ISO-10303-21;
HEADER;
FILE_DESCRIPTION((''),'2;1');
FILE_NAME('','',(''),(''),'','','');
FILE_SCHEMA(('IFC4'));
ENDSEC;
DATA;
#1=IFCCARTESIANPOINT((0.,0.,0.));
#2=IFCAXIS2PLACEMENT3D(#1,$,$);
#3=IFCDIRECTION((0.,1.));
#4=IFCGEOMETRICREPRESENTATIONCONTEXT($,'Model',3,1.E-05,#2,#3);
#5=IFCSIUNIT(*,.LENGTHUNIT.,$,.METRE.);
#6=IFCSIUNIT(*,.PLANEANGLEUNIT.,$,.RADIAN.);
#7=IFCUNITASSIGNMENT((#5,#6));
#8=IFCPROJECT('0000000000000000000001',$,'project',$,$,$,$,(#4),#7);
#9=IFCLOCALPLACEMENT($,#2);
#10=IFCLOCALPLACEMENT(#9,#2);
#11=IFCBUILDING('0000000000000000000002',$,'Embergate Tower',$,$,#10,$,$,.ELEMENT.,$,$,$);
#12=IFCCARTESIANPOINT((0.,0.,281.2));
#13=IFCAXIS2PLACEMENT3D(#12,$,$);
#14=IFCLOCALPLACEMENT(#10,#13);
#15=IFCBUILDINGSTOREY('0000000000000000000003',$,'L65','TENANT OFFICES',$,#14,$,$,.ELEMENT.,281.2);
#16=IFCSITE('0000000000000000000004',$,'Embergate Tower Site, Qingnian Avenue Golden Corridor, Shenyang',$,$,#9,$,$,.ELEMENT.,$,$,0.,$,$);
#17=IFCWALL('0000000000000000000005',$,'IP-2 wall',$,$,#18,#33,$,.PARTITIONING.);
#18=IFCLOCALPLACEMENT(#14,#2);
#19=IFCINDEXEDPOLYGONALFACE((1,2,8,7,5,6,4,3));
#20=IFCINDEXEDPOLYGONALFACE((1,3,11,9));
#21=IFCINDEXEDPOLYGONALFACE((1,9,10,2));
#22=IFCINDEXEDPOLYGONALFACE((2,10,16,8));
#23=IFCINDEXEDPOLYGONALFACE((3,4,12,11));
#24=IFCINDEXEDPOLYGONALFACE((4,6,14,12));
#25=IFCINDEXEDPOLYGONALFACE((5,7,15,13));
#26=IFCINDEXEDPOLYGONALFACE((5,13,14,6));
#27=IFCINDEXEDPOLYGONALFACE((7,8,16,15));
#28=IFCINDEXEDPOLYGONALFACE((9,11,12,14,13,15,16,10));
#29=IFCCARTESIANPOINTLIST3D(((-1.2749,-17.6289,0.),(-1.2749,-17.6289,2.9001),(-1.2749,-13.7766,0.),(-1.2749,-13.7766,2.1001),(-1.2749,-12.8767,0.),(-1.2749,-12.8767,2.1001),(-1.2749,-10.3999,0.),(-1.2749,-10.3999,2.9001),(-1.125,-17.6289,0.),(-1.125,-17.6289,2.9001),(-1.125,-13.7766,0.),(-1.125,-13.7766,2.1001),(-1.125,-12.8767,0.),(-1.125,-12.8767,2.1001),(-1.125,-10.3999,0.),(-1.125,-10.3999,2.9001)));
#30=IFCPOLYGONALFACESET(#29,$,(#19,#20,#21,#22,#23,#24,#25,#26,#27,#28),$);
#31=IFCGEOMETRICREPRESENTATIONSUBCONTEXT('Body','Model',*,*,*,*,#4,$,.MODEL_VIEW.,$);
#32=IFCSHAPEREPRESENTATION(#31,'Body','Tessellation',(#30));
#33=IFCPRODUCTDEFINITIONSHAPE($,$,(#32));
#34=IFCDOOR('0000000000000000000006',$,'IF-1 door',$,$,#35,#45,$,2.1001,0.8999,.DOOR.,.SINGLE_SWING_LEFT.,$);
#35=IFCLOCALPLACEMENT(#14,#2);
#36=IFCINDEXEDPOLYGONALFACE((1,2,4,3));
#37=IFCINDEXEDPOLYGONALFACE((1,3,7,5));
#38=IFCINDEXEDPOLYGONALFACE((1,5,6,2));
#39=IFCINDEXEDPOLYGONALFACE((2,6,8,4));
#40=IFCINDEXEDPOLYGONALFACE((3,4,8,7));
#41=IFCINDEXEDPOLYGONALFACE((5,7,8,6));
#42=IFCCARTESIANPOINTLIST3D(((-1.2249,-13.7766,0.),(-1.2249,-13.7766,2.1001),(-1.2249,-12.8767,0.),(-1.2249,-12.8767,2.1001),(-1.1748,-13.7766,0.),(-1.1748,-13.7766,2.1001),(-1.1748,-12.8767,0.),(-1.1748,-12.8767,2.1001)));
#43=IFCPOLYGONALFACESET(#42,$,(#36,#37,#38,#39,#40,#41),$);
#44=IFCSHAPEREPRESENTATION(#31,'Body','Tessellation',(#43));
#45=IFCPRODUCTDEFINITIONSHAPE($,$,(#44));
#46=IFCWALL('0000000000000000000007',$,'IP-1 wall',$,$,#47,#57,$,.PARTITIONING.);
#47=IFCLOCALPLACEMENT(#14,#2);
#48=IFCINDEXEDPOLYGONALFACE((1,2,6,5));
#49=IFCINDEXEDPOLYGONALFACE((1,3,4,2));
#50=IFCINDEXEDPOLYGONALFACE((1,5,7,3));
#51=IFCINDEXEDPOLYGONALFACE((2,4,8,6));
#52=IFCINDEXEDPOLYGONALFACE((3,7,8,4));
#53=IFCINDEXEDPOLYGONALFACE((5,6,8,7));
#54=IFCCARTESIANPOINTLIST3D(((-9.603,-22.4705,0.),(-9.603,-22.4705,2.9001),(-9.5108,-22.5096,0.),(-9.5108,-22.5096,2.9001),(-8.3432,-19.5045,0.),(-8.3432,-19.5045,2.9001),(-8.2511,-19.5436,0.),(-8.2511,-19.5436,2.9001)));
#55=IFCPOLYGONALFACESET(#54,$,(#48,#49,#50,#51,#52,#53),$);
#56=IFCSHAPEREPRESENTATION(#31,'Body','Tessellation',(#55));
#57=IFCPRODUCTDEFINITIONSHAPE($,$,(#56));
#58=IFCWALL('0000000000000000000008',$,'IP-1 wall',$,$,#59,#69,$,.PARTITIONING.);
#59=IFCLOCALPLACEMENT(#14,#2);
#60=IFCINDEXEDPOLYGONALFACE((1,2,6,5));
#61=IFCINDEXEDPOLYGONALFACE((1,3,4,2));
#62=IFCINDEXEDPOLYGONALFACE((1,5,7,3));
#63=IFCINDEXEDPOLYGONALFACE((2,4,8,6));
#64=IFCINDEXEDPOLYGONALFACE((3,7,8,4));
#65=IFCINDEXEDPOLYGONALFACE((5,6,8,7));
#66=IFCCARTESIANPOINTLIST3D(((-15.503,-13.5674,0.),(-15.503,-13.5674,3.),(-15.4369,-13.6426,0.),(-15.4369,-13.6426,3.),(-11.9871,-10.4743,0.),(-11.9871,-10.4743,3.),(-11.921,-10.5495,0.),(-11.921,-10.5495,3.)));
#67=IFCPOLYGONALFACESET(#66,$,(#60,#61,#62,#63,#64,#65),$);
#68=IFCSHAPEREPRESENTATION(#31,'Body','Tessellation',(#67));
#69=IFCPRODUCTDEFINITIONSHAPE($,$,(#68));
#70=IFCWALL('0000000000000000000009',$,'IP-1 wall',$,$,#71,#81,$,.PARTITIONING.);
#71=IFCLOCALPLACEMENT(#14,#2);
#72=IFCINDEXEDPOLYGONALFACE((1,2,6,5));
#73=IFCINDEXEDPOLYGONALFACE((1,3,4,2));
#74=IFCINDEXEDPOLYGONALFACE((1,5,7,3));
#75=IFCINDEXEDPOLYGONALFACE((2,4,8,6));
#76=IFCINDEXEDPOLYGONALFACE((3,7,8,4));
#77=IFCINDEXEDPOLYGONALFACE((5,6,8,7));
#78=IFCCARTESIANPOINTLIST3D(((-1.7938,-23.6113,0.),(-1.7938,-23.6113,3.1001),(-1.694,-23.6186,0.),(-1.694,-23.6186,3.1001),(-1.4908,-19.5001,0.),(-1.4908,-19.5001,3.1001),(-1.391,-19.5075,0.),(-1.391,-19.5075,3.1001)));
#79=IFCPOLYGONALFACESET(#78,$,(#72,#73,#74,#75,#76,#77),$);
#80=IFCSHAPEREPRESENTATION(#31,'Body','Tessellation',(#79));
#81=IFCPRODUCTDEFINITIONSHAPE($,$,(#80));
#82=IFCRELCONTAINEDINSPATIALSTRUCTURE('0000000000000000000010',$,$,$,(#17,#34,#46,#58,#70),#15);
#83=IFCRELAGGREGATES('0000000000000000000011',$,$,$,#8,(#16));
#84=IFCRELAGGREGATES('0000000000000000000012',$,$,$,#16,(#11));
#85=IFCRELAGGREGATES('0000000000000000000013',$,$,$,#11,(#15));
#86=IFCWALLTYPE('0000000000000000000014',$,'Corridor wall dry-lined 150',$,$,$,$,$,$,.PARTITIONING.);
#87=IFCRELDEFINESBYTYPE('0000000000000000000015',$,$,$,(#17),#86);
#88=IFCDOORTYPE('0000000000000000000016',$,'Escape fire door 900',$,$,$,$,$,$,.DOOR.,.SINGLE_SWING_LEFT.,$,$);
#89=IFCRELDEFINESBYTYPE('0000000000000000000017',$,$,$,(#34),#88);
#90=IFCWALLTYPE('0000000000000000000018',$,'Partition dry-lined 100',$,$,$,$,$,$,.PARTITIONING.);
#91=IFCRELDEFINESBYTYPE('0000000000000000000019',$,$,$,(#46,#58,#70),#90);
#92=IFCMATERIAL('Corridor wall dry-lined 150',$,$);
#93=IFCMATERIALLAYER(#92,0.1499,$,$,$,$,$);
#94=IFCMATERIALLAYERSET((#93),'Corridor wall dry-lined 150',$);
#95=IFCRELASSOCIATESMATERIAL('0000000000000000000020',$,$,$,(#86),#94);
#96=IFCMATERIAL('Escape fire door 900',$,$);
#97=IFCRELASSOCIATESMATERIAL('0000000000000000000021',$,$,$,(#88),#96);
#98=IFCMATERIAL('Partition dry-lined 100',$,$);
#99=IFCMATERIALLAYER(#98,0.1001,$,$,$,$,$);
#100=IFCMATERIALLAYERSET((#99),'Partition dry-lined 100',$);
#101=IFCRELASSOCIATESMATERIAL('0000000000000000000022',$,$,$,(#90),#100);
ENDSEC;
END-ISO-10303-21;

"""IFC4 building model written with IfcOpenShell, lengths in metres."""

from ifc_helpers import new_model, si_unit, direction, frame, frame_2d, origin, place, context, subcontext, project, spatial, rectangle, extrude, source, transform, mapped, material, layer, layer_set, type_object, element, fill, save


model = new_model("IFC4")

# Units and contexts
model_context = context("Model", 3, precision=1e-05, world=origin(), true_north=direction((0.0, 1.0)))
body_context = subcontext(model_context, "Body", "Model", "MODEL_VIEW")
ifc_project = project(units=[si_unit("LENGTHUNIT", "METRE"), si_unit("PLANEANGLEUNIT", "RADIAN")], contexts=[model_context])

# Site, building, storey
site_placement = place(None, origin())
site = spatial("IfcSite", under=ifc_project, at=site_placement, Name="Embergate Tower Site, Qingnian Avenue Golden Corridor, Shenyang", CompositionType="ELEMENT", RefElevation=0.0)
building_placement = place(site_placement, origin())
building = spatial("IfcBuilding", under=site, at=building_placement, Name="Embergate Tower", CompositionType="ELEMENT")
storey_placement = place(building_placement, frame((0.0, 0.0, 281.2)))
storey = spatial("IfcBuildingStorey", under=building, at=storey_placement, Name="L65", Description="TENANT OFFICES", CompositionType="ELEMENT", Elevation=281.2)

# Shared definitions
ifc_material_1 = material(Name="Corridor wall dry-lined 150")
ifc_layer_1 = layer(ifc_material_1, 0.1499)
ifc_layer_set_1 = layer_set([ifc_layer_1], Name="Corridor wall dry-lined 150")
wall_type_1 = type_object("IfcWallType", Name="Corridor wall dry-lined 150", PredefinedType="PARTITIONING", material=ifc_layer_set_1)

# Shared definitions
shared_shape_1 = source(origin(), body_context, "Body", "SweptSolid", [
    extrude(rectangle(XDim=0.8999, YDim=2.1001, at=frame_2d((0.45, 1.05))), frame((0.0, 0.085, 0.0), z_axis=(0.0, -1.0, 0.0), x_axis=(1.0, 0.0, 0.0)), (0.0, 0.0, 1.0), 0.1699),
])
ifc_material_2 = material(Name="Escape fire door 900")
door_type_1 = type_object("IfcDoorType", Name="Escape fire door 900", OperationType="SINGLE_SWING_LEFT", PredefinedType="DOOR", material=ifc_material_2)
shared_shape_2 = source(origin(), body_context, "Body", "SweptSolid", [
    extrude(rectangle(XDim=0.8999, YDim=2.1001, at=frame_2d((0.45, 1.05))), frame((0.0, 0.0249, 0.0), z_axis=(0.0, -1.0, 0.0), x_axis=(1.0, 0.0, 0.0)), (0.0, 0.0, 1.0), 0.05),
])

# Wall, opening, door
shared_shape_3 = source(origin(), body_context, "Body", "SweptSolid", [
    extrude(rectangle(XDim=7.229, YDim=0.1499, at=frame_2d((3.6145, 0.0))), origin(), (0.0, 0.0, 1.0), 2.9001),
])
wall_1_placement = place(storey_placement, frame((-1.2, -17.6289, 0.0), z_axis=(0.0, 0.0, 1.0), x_axis=(0.0, 1.0, 0.0)))
wall_1 = element("IfcWall", 1, at=wall_1_placement, inside=storey, type_object=wall_type_1, Name="IP-2 wall", PredefinedType="PARTITIONING", context=body_context, shape_type="MappedRepresentation", body=[
    mapped(shared_shape_3, transform((0.0, 0.0, 0.0))),
])
opening_1_placement = place(wall_1_placement, frame((3.8523, 0.0, 0.0)))
opening_1 = element("IfcOpeningElement", 2, at=opening_1_placement, cuts=wall_1, PredefinedType="OPENING", context=body_context, shape_type="MappedRepresentation", body=[
    mapped(shared_shape_1, transform((0.0, 0.0, 0.0))),
])
door_1_placement = place(opening_1_placement, origin())
door_1 = element("IfcDoor", 3, at=door_1_placement, inside=storey, type_object=door_type_1, Name="IF-1 door", OperationType="SINGLE_SWING_LEFT", OverallHeight=2.1001, OverallWidth=0.8999, PredefinedType="DOOR", context=body_context, shape_type="MappedRepresentation", body=[
    mapped(shared_shape_2, transform((0.0, 0.0, 0.0))),
])
fill(opening_1, door_1)

# Walls
ifc_material_3 = material(Name="Partition dry-lined 100")
ifc_layer_2 = layer(ifc_material_3, 0.1001)
ifc_layer_set_2 = layer_set([ifc_layer_2], Name="Partition dry-lined 100")
wall_type_2 = type_object("IfcWallType", Name="Partition dry-lined 100", PredefinedType="PARTITIONING", material=ifc_layer_set_2)
shared_shape_4 = source(origin(), body_context, "Body", "SweptSolid", [
    extrude(rectangle(XDim=3.2224, YDim=0.1001, at=frame_2d((1.6113, 0.0))), origin(), (0.0, 0.0, 1.0), 2.9001),
])
wall_2_placement = place(storey_placement, frame((-8.2971, -19.5239, 0.0), z_axis=(0.0, 0.0, 1.0), x_axis=(-0.390927, -0.920422, 0.0)))
element("IfcWall", 4, at=wall_2_placement, inside=storey, type_object=wall_type_2, Name="IP-1 wall", PredefinedType="PARTITIONING", context=body_context, shape_type="MappedRepresentation", body=[
    mapped(shared_shape_4, transform((0.0, 0.0, 0.0))),
])
shared_shape_5 = source(origin(), body_context, "Body", "SweptSolid", [
    extrude(rectangle(XDim=4.6829, YDim=0.1001, at=frame_2d((2.3413, 0.0))), origin(), (0.0, 0.0, 1.0), 3.0),
])
wall_3_placement = place(storey_placement, frame((-11.9541, -10.512, 0.0), z_axis=(0.0, 0.0, 1.0), x_axis=(-0.750814, -0.660514, 0.0)))
element("IfcWall", 5, at=wall_3_placement, inside=storey, type_object=wall_type_2, Name="IP-1 wall", PredefinedType="PARTITIONING", context=body_context, shape_type="MappedRepresentation", body=[
    mapped(shared_shape_5, transform((0.0, 0.0, 0.0))),
])
shared_shape_6 = source(origin(), body_context, "Body", "SweptSolid", [
    extrude(rectangle(XDim=4.1223, YDim=0.1001, at=frame_2d((2.061, 0.0))), origin(), (0.0, 0.0, 1.0), 3.1001),
])
wall_4_placement = place(storey_placement, frame((-1.4409, -19.5039, 0.0), z_axis=(0.0, 0.0, 1.0), x_axis=(-0.073499, -0.997295, 0.0)))
element("IfcWall", 6, at=wall_4_placement, inside=storey, type_object=wall_type_2, Name="IP-1 wall", PredefinedType="PARTITIONING", context=body_context, shape_type="MappedRepresentation", body=[
    mapped(shared_shape_6, transform((0.0, 0.0, 0.0))),
])

save(model, "model.ifc")
